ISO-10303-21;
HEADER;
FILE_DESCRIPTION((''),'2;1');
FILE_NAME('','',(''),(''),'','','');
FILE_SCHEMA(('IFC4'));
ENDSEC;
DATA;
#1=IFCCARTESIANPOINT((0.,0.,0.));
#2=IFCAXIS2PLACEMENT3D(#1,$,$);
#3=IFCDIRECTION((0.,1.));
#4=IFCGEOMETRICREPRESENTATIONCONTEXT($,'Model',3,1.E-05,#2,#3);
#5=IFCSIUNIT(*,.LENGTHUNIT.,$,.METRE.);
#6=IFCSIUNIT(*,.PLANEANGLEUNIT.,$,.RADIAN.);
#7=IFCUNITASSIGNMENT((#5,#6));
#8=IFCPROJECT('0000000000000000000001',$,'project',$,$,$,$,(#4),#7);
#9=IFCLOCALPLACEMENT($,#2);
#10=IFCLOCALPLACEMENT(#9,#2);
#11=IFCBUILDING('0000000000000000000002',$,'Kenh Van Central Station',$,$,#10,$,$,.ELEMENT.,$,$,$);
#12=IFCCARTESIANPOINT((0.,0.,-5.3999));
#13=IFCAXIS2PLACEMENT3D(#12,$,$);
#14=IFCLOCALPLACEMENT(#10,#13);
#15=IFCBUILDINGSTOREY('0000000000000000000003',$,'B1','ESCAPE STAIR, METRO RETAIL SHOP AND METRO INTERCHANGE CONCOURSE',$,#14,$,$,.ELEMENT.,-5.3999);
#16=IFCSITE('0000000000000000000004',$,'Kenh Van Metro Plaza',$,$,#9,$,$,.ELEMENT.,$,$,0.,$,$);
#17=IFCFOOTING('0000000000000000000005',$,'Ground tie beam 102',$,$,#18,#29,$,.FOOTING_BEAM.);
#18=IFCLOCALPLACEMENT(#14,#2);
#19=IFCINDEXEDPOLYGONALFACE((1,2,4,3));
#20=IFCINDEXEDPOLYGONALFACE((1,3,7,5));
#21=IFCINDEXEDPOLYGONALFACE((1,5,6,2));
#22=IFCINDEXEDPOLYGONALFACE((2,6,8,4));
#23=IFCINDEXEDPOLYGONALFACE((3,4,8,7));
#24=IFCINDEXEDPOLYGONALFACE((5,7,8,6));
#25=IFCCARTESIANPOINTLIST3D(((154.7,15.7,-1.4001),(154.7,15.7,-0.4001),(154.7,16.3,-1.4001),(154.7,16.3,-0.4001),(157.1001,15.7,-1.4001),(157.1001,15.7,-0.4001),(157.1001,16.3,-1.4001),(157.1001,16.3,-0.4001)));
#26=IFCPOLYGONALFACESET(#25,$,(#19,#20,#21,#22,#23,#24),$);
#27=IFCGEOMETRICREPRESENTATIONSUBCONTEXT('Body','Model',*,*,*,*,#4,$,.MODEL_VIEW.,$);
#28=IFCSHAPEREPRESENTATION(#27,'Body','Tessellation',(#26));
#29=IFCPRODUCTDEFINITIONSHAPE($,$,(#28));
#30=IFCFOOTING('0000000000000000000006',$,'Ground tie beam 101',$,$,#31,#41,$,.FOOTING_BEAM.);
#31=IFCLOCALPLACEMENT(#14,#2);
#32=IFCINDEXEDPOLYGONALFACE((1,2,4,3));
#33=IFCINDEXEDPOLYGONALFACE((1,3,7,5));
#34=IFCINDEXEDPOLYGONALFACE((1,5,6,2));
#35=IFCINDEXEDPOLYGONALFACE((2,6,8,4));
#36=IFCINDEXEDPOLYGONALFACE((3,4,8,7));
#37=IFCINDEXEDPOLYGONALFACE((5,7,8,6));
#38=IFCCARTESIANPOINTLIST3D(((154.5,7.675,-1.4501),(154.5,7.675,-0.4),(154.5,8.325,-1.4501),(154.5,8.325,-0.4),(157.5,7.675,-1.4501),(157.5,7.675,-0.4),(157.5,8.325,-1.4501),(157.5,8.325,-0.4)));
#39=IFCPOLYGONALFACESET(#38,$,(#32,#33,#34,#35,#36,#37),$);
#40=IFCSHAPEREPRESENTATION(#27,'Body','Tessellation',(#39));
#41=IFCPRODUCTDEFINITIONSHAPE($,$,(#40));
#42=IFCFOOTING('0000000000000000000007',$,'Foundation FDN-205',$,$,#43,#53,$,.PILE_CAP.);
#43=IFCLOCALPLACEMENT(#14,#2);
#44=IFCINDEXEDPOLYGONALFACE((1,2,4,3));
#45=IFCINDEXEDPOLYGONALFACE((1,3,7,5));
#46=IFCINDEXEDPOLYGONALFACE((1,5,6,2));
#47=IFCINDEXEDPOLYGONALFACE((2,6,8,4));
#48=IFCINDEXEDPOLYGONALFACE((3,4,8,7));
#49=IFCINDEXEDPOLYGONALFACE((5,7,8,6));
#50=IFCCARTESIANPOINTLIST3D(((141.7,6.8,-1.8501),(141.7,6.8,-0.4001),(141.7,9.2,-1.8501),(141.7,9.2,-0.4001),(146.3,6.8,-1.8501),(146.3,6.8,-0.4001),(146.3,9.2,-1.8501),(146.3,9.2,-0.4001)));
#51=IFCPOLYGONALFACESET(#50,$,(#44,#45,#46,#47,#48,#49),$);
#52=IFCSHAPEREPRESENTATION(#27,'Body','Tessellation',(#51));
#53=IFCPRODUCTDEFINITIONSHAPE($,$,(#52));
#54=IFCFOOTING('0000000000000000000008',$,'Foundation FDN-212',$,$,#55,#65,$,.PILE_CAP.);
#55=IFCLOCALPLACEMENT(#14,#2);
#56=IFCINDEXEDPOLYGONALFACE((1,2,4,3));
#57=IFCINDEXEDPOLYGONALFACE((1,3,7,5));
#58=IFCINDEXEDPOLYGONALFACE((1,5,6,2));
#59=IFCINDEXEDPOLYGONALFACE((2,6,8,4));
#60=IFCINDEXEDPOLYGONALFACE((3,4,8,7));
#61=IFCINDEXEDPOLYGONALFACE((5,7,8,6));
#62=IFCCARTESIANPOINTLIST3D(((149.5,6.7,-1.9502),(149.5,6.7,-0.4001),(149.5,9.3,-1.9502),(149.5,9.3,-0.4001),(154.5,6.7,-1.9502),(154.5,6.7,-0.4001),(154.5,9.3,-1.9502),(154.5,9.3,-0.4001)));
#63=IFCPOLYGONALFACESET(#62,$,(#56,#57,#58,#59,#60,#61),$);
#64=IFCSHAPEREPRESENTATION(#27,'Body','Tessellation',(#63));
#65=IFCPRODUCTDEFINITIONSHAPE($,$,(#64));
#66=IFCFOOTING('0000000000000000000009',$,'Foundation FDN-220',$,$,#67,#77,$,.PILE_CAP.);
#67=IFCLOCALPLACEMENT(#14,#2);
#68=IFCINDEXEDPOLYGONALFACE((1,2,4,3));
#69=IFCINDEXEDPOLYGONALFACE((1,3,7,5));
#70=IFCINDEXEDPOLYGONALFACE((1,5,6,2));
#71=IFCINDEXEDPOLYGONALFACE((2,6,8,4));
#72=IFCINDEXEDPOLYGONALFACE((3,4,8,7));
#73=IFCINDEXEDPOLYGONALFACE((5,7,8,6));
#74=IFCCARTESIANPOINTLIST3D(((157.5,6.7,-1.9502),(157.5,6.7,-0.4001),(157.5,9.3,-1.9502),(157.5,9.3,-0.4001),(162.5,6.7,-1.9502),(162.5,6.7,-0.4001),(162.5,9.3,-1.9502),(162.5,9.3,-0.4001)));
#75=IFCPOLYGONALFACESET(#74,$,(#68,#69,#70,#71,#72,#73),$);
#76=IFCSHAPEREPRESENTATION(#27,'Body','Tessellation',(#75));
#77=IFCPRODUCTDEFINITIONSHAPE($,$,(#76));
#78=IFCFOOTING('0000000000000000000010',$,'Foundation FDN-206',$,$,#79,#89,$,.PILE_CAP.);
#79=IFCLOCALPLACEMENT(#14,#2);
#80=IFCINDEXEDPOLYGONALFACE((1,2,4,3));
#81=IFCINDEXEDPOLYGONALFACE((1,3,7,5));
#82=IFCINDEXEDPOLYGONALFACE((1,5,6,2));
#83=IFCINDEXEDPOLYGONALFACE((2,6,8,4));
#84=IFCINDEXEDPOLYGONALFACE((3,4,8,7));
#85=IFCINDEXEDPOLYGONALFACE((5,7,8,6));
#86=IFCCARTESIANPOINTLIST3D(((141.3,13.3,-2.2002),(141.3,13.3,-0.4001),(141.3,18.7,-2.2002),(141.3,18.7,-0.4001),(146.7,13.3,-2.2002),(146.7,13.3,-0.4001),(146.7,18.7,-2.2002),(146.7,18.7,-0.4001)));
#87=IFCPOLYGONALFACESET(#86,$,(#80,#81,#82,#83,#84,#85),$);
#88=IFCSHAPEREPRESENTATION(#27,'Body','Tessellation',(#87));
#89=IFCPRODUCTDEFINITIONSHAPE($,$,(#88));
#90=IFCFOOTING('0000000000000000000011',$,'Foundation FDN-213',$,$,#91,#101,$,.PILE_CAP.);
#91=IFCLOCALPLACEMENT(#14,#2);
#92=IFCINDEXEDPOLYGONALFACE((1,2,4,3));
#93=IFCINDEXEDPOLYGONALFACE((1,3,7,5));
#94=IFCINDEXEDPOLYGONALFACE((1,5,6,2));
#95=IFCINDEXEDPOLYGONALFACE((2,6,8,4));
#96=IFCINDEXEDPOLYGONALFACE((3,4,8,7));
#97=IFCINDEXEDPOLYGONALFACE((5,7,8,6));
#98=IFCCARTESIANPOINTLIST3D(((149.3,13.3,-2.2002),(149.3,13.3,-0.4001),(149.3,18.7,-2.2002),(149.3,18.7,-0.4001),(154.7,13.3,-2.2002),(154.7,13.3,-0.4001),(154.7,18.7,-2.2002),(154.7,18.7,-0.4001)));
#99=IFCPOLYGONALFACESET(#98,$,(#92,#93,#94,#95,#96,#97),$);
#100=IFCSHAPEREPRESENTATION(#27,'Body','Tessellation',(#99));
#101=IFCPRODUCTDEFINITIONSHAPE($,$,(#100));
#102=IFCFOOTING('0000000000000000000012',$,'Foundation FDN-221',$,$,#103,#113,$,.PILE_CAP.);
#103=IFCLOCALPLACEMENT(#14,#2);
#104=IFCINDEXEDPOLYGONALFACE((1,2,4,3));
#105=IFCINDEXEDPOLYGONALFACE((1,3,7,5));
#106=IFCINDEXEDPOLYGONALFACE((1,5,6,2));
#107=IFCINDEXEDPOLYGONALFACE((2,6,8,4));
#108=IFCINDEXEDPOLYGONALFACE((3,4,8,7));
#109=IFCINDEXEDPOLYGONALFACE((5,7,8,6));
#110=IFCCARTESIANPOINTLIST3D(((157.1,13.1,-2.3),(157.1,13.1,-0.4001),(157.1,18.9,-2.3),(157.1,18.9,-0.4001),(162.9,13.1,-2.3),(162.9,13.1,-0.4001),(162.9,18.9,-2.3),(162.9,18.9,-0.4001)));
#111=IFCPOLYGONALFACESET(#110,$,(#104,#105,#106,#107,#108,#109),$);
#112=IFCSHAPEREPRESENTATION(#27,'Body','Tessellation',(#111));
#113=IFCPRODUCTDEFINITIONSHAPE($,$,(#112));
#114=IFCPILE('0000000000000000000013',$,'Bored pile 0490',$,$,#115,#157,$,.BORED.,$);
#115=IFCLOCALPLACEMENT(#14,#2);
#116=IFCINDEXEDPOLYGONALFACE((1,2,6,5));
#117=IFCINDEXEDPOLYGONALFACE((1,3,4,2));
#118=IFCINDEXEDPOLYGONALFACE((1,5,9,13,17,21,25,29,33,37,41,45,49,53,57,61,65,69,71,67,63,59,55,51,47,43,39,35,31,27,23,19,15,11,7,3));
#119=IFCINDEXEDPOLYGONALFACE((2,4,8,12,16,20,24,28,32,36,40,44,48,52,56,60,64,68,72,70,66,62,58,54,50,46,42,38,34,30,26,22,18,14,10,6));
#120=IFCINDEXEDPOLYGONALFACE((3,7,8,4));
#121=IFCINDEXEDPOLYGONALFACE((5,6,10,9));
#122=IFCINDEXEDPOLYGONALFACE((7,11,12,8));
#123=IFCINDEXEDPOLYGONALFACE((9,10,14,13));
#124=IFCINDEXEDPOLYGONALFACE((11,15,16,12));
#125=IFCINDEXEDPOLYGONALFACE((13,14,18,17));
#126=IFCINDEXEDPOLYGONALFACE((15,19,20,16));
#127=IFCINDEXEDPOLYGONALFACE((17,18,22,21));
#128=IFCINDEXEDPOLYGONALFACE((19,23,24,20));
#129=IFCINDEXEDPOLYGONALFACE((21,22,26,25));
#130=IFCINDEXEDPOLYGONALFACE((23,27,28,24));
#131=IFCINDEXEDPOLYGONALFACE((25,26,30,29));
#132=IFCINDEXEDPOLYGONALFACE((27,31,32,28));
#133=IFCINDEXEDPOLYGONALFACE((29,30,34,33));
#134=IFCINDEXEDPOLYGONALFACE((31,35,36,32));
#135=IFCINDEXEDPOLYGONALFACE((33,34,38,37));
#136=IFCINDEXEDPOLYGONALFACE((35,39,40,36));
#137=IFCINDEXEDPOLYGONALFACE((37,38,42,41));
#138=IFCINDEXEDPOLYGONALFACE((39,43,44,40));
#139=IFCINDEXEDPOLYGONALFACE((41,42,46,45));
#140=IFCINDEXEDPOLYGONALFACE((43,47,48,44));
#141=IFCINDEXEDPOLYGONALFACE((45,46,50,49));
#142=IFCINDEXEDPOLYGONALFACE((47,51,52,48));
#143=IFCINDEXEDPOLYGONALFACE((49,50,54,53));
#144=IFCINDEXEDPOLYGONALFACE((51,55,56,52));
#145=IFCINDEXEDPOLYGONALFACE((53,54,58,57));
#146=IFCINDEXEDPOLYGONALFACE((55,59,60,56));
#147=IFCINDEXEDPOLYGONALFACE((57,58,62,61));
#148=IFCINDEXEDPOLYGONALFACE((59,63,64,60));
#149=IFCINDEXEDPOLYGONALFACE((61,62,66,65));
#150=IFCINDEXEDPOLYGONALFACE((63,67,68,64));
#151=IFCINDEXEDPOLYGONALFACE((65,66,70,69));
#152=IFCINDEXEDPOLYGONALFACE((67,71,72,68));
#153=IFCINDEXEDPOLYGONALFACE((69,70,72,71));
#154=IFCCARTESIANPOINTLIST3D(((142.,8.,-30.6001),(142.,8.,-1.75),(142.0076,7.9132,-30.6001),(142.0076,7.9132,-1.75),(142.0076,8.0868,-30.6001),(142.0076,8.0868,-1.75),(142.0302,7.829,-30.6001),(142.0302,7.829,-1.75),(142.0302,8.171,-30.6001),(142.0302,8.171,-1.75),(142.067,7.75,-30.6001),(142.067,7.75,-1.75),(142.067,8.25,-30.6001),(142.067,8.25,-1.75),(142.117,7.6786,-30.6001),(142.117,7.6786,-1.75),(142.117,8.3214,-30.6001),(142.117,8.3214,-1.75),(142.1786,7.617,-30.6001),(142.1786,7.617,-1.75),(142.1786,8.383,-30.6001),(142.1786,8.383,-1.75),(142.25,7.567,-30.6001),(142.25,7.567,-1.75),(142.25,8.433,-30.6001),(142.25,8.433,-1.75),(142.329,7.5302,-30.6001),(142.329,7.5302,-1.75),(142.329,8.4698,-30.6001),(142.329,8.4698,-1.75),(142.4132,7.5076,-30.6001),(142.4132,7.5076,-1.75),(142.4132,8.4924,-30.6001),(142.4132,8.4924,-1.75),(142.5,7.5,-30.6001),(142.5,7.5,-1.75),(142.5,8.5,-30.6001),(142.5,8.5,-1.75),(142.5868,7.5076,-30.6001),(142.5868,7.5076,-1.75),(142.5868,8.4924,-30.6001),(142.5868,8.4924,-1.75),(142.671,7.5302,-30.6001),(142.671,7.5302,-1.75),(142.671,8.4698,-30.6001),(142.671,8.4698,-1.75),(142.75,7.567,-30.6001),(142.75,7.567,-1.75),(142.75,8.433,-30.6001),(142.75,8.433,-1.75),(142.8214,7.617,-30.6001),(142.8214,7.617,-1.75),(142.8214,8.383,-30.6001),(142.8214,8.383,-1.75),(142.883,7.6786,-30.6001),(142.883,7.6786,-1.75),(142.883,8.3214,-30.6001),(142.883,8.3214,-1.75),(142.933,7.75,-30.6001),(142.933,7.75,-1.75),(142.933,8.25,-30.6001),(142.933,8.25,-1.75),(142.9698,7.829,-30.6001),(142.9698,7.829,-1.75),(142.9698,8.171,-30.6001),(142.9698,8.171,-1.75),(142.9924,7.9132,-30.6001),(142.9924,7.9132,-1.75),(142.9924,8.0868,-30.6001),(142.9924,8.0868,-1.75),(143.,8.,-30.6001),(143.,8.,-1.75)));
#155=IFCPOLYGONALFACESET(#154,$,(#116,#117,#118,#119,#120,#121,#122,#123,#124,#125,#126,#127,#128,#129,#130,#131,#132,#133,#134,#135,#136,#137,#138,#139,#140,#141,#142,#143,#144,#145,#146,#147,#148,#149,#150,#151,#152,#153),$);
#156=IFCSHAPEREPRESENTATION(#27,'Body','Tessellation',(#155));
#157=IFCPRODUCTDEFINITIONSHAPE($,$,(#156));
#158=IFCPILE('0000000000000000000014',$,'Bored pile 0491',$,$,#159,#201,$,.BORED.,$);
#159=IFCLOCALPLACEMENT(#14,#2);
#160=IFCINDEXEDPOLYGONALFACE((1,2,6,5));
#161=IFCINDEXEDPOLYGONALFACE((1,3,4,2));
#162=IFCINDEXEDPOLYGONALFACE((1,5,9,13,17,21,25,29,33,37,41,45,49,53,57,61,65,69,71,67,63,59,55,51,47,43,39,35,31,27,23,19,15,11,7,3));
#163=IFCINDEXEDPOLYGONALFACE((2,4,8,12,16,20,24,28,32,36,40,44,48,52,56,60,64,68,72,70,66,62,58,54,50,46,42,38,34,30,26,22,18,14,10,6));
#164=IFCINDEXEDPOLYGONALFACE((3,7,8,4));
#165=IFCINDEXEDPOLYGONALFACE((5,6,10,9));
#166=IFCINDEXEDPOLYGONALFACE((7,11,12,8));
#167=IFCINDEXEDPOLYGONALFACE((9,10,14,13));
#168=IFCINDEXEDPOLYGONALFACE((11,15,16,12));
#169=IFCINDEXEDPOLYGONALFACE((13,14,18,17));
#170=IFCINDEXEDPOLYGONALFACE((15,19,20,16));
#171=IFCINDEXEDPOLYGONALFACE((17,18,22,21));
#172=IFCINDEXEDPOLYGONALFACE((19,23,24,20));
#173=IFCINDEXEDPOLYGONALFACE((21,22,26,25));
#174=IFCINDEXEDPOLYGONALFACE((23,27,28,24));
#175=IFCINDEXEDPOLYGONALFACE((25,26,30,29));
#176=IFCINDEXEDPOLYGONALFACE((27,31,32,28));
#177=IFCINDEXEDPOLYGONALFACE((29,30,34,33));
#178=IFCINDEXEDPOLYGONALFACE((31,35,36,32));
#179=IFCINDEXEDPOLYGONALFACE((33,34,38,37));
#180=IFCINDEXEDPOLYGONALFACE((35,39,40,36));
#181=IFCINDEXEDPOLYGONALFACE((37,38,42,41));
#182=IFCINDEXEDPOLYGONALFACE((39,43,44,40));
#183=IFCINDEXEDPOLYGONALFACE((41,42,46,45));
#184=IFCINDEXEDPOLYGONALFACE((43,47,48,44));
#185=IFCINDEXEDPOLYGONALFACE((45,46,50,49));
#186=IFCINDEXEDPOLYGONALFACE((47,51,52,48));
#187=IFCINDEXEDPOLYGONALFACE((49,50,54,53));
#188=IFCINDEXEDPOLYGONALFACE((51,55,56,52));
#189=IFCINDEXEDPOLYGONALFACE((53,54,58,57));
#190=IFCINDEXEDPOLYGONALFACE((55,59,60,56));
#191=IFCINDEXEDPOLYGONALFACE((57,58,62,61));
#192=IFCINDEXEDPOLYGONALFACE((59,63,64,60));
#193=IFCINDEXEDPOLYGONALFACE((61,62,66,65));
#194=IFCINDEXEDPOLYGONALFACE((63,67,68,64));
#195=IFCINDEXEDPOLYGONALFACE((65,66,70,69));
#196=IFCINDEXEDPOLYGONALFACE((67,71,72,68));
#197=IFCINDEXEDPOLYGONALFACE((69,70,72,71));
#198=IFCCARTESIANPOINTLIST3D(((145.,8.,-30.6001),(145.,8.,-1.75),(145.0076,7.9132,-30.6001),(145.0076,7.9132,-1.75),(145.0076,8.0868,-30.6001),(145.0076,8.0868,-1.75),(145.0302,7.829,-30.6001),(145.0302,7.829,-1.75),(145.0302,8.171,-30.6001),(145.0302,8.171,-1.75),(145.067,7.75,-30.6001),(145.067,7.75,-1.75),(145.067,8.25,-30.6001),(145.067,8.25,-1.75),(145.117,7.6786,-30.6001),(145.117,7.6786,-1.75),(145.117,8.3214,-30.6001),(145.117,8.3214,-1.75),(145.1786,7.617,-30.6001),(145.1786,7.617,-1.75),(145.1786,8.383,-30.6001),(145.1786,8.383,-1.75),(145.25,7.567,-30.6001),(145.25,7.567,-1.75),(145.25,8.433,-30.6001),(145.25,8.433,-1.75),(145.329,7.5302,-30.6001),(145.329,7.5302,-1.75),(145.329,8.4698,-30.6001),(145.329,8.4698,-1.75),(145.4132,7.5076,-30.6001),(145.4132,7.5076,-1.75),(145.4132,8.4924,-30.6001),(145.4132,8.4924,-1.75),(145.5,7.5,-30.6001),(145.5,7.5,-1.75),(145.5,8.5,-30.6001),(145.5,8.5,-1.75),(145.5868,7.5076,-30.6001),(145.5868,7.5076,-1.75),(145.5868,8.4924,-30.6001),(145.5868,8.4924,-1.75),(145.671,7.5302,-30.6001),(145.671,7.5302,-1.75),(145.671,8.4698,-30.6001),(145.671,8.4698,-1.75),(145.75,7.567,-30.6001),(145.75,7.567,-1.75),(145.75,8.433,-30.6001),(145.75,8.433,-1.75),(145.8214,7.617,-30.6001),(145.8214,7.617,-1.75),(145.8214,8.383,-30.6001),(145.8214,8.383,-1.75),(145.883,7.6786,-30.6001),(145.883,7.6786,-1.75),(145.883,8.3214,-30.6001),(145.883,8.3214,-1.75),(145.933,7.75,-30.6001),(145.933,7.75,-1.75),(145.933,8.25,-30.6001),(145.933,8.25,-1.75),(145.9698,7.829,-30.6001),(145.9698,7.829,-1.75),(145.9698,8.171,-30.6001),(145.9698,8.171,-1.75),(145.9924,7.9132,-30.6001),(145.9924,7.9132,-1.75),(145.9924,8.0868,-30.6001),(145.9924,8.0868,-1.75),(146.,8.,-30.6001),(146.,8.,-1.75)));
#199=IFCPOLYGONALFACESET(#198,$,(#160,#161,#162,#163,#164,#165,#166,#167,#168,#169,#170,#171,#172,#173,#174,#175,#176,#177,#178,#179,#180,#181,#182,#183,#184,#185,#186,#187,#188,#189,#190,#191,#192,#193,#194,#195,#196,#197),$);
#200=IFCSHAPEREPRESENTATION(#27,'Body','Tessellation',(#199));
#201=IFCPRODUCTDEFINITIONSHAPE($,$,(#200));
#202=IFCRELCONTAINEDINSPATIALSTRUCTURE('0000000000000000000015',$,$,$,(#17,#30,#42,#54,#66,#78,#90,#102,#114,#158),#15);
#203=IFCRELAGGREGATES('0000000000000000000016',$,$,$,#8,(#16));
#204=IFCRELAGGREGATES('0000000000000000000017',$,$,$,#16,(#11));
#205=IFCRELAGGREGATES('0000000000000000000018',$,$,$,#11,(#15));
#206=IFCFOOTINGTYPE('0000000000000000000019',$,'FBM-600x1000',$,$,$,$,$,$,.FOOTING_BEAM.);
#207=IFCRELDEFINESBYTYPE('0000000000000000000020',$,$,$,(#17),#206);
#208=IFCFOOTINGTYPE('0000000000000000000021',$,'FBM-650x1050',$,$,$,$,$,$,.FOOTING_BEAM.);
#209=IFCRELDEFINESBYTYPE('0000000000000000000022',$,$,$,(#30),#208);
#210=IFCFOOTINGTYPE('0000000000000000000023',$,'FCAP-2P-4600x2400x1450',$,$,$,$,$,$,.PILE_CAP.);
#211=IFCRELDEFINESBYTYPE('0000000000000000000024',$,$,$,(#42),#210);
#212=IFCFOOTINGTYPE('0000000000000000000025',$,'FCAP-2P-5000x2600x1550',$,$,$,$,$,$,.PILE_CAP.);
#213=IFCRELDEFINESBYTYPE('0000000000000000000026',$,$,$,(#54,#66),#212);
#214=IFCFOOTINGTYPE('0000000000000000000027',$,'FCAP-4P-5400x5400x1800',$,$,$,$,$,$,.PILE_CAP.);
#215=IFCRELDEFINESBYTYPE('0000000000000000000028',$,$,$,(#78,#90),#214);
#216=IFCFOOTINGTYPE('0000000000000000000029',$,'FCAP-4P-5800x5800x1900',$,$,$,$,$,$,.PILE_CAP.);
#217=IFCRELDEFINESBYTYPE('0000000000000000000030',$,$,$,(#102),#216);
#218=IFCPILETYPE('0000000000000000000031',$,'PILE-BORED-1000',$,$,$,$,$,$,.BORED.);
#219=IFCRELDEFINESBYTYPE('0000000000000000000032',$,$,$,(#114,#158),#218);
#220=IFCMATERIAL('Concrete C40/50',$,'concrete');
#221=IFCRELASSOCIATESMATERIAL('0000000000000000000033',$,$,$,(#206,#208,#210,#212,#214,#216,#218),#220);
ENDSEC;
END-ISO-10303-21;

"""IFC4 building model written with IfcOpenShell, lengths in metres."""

from ifc_helpers import new_model, si_unit, direction, frame, origin, origin_2d, place, context, subcontext, project, spatial, rectangle, circle, extrude, material, material_profile, profile_set, type_object, element, save


model = new_model("IFC4")

# Units and contexts
model_context = context("Model", 3, precision=1e-05, world=origin(), true_north=direction((0.0, 1.0)))
body_context = subcontext(model_context, "Body", "Model", "MODEL_VIEW")
ifc_project = project(units=[si_unit("LENGTHUNIT", "METRE"), si_unit("PLANEANGLEUNIT", "RADIAN")], contexts=[model_context])

# Site, building, storey
site_placement = place(None, origin())
site = spatial("IfcSite", under=ifc_project, at=site_placement, Name="Kenh Van Metro Plaza", CompositionType="ELEMENT", RefElevation=0.0)
building_placement = place(site_placement, origin())
building = spatial("IfcBuilding", under=site, at=building_placement, Name="Kenh Van Central Station", CompositionType="ELEMENT")
storey_placement = place(building_placement, frame((0.0, 0.0, -5.3999)))
storey = spatial("IfcBuildingStorey", under=building, at=storey_placement, Name="B1", Description="ESCAPE STAIR, METRO RETAIL SHOP AND METRO INTERCHANGE CONCOURSE", CompositionType="ELEMENT", Elevation=-5.3999)

# Footings
ifc_material_1 = material(Name="Concrete C40/50", Category="concrete")
ifc_material_profile_1 = material_profile(ifc_material_1, rectangle(XDim=0.6001, YDim=1.0, at=origin_2d()), Name="RC 600x1000")
ifc_profile_set_1 = profile_set([ifc_material_profile_1], Name="Concrete C40/50")
footing_type_1 = type_object("IfcFootingType", Name="FBM-600x1000", PredefinedType="FOOTING_BEAM", material=ifc_profile_set_1)
footing_1_placement = place(storey_placement, frame((154.7, 16.0, -0.9001), z_axis=(1.0, 0.0, 0.0), x_axis=(0.0, 1.0, 0.0)))
element("IfcFooting", 1, at=footing_1_placement, inside=storey, type_object=footing_type_1, Name="Ground tie beam 102", PredefinedType="FOOTING_BEAM", context=body_context, shape_type="SweptSolid", body=[
    extrude(rectangle(XDim=0.6001, YDim=1.0, at=origin_2d()), origin(), (0.0, 0.0, 1.0), 2.4001),
])
ifc_material_profile_2 = material_profile(ifc_material_1, rectangle(XDim=0.6499, YDim=1.05, at=origin_2d()), Name="RC 650x1050")
ifc_profile_set_2 = profile_set([ifc_material_profile_2], Name="Concrete C40/50")
footing_type_2 = type_object("IfcFootingType", Name="FBM-650x1050", PredefinedType="FOOTING_BEAM", material=ifc_profile_set_2)
footing_2_placement = place(storey_placement, frame((154.5, 8.0, -0.925), z_axis=(1.0, 0.0, 0.0), x_axis=(0.0, 1.0, 0.0)))
element("IfcFooting", 2, at=footing_2_placement, inside=storey, type_object=footing_type_2, Name="Ground tie beam 101", PredefinedType="FOOTING_BEAM", context=body_context, shape_type="SweptSolid", body=[
    extrude(rectangle(XDim=0.6499, YDim=1.05, at=origin_2d()), origin(), (0.0, 0.0, 1.0), 3.0),
])
footing_type_3 = type_object("IfcFootingType", Name="FCAP-2P-4600x2400x1450", PredefinedType="PILE_CAP", material=ifc_material_1)
footing_3_placement = place(storey_placement, frame((144.0, 8.0, -1.8501), z_axis=(0.0, 0.0, 1.0), x_axis=(1.0, 0.0, 0.0)))
element("IfcFooting", 3, at=footing_3_placement, inside=storey, type_object=footing_type_3, Name="Foundation FDN-205", PredefinedType="PILE_CAP", context=body_context, shape_type="SweptSolid", body=[
    extrude(rectangle(XDim=4.6001, YDim=2.3999, at=origin_2d()), origin(), (0.0, 0.0, 1.0), 1.45),
])
footing_type_4 = type_object("IfcFootingType", Name="FCAP-2P-5000x2600x1550", PredefinedType="PILE_CAP", material=ifc_material_1)
for number, where, z_axis, x_axis, name in (
    (4, (152.0, 8.0, -1.9502), (0.0, 0.0, 1.0), (1.0, 0.0, 0.0), "Foundation FDN-212"),
    (5, (160.0, 8.0, -1.9502), (0.0, 0.0, 1.0), (1.0, 0.0, 0.0), "Foundation FDN-220"),
):
    element("IfcFooting", number, at=place(storey_placement, frame(where, z_axis=z_axis, x_axis=x_axis)), inside=storey, type_object=footing_type_4, Name=name, PredefinedType="PILE_CAP", context=body_context, shape_type="SweptSolid", body=[
        extrude(rectangle(XDim=5.0, YDim=2.6001, at=origin_2d()), origin(), (0.0, 0.0, 1.0), 1.55),
    ])
footing_type_5 = type_object("IfcFootingType", Name="FCAP-4P-5400x5400x1800", PredefinedType="PILE_CAP", material=ifc_material_1)
for number, where, z_axis, x_axis, name in (
    (6, (144.0, 16.0, -2.2002), (0.0, 0.0, 1.0), (1.0, 0.0, 0.0), "Foundation FDN-206"),
    (7, (152.0, 16.0, -2.2002), (0.0, 0.0, 1.0), (1.0, 0.0, 0.0), "Foundation FDN-213"),
):
    element("IfcFooting", number, at=place(storey_placement, frame(where, z_axis=z_axis, x_axis=x_axis)), inside=storey, type_object=footing_type_5, Name=name, PredefinedType="PILE_CAP", context=body_context, shape_type="SweptSolid", body=[
        extrude(rectangle(XDim=5.3999, YDim=5.3999, at=origin_2d()), origin(), (0.0, 0.0, 1.0), 1.8),
    ])
footing_type_6 = type_object("IfcFootingType", Name="FCAP-4P-5800x5800x1900", PredefinedType="PILE_CAP", material=ifc_material_1)
footing_4_placement = place(storey_placement, frame((160.0, 16.0, -2.3), z_axis=(0.0, 0.0, 1.0), x_axis=(1.0, 0.0, 0.0)))
element("IfcFooting", 8, at=footing_4_placement, inside=storey, type_object=footing_type_6, Name="Foundation FDN-221", PredefinedType="PILE_CAP", context=body_context, shape_type="SweptSolid", body=[
    extrude(rectangle(XDim=5.8, YDim=5.8, at=origin_2d()), origin(), (0.0, 0.0, 1.0), 1.8999),
])

# Piles
ifc_material_profile_3 = material_profile(ifc_material_1, circle(Radius=0.5, at=origin_2d()), Name="PILE D1000")
ifc_profile_set_3 = profile_set([ifc_material_profile_3], Name="Concrete C40/50")
pile_type_1 = type_object("IfcPileType", Name="PILE-BORED-1000", PredefinedType="BORED", material=ifc_profile_set_3)
for number, where, z_axis, x_axis, name in (
    (9, (142.5, 8.0, -1.75), (0.0, 0.0, -1.0), (1.0, 0.0, 0.0), "Bored pile 0490"),
    (10, (145.5, 8.0, -1.75), (0.0, 0.0, -1.0), (1.0, 0.0, 0.0), "Bored pile 0491"),
):
    element("IfcPile", number, at=place(storey_placement, frame(where, z_axis=z_axis, x_axis=x_axis)), inside=storey, type_object=pile_type_1, Name=name, PredefinedType="BORED", context=body_context, shape_type="SweptSolid", body=[
        extrude(circle(Radius=0.5, at=origin_2d()), origin(), (0.0, 0.0, 1.0), 28.8501),
    ])

save(model, "model.ifc")
